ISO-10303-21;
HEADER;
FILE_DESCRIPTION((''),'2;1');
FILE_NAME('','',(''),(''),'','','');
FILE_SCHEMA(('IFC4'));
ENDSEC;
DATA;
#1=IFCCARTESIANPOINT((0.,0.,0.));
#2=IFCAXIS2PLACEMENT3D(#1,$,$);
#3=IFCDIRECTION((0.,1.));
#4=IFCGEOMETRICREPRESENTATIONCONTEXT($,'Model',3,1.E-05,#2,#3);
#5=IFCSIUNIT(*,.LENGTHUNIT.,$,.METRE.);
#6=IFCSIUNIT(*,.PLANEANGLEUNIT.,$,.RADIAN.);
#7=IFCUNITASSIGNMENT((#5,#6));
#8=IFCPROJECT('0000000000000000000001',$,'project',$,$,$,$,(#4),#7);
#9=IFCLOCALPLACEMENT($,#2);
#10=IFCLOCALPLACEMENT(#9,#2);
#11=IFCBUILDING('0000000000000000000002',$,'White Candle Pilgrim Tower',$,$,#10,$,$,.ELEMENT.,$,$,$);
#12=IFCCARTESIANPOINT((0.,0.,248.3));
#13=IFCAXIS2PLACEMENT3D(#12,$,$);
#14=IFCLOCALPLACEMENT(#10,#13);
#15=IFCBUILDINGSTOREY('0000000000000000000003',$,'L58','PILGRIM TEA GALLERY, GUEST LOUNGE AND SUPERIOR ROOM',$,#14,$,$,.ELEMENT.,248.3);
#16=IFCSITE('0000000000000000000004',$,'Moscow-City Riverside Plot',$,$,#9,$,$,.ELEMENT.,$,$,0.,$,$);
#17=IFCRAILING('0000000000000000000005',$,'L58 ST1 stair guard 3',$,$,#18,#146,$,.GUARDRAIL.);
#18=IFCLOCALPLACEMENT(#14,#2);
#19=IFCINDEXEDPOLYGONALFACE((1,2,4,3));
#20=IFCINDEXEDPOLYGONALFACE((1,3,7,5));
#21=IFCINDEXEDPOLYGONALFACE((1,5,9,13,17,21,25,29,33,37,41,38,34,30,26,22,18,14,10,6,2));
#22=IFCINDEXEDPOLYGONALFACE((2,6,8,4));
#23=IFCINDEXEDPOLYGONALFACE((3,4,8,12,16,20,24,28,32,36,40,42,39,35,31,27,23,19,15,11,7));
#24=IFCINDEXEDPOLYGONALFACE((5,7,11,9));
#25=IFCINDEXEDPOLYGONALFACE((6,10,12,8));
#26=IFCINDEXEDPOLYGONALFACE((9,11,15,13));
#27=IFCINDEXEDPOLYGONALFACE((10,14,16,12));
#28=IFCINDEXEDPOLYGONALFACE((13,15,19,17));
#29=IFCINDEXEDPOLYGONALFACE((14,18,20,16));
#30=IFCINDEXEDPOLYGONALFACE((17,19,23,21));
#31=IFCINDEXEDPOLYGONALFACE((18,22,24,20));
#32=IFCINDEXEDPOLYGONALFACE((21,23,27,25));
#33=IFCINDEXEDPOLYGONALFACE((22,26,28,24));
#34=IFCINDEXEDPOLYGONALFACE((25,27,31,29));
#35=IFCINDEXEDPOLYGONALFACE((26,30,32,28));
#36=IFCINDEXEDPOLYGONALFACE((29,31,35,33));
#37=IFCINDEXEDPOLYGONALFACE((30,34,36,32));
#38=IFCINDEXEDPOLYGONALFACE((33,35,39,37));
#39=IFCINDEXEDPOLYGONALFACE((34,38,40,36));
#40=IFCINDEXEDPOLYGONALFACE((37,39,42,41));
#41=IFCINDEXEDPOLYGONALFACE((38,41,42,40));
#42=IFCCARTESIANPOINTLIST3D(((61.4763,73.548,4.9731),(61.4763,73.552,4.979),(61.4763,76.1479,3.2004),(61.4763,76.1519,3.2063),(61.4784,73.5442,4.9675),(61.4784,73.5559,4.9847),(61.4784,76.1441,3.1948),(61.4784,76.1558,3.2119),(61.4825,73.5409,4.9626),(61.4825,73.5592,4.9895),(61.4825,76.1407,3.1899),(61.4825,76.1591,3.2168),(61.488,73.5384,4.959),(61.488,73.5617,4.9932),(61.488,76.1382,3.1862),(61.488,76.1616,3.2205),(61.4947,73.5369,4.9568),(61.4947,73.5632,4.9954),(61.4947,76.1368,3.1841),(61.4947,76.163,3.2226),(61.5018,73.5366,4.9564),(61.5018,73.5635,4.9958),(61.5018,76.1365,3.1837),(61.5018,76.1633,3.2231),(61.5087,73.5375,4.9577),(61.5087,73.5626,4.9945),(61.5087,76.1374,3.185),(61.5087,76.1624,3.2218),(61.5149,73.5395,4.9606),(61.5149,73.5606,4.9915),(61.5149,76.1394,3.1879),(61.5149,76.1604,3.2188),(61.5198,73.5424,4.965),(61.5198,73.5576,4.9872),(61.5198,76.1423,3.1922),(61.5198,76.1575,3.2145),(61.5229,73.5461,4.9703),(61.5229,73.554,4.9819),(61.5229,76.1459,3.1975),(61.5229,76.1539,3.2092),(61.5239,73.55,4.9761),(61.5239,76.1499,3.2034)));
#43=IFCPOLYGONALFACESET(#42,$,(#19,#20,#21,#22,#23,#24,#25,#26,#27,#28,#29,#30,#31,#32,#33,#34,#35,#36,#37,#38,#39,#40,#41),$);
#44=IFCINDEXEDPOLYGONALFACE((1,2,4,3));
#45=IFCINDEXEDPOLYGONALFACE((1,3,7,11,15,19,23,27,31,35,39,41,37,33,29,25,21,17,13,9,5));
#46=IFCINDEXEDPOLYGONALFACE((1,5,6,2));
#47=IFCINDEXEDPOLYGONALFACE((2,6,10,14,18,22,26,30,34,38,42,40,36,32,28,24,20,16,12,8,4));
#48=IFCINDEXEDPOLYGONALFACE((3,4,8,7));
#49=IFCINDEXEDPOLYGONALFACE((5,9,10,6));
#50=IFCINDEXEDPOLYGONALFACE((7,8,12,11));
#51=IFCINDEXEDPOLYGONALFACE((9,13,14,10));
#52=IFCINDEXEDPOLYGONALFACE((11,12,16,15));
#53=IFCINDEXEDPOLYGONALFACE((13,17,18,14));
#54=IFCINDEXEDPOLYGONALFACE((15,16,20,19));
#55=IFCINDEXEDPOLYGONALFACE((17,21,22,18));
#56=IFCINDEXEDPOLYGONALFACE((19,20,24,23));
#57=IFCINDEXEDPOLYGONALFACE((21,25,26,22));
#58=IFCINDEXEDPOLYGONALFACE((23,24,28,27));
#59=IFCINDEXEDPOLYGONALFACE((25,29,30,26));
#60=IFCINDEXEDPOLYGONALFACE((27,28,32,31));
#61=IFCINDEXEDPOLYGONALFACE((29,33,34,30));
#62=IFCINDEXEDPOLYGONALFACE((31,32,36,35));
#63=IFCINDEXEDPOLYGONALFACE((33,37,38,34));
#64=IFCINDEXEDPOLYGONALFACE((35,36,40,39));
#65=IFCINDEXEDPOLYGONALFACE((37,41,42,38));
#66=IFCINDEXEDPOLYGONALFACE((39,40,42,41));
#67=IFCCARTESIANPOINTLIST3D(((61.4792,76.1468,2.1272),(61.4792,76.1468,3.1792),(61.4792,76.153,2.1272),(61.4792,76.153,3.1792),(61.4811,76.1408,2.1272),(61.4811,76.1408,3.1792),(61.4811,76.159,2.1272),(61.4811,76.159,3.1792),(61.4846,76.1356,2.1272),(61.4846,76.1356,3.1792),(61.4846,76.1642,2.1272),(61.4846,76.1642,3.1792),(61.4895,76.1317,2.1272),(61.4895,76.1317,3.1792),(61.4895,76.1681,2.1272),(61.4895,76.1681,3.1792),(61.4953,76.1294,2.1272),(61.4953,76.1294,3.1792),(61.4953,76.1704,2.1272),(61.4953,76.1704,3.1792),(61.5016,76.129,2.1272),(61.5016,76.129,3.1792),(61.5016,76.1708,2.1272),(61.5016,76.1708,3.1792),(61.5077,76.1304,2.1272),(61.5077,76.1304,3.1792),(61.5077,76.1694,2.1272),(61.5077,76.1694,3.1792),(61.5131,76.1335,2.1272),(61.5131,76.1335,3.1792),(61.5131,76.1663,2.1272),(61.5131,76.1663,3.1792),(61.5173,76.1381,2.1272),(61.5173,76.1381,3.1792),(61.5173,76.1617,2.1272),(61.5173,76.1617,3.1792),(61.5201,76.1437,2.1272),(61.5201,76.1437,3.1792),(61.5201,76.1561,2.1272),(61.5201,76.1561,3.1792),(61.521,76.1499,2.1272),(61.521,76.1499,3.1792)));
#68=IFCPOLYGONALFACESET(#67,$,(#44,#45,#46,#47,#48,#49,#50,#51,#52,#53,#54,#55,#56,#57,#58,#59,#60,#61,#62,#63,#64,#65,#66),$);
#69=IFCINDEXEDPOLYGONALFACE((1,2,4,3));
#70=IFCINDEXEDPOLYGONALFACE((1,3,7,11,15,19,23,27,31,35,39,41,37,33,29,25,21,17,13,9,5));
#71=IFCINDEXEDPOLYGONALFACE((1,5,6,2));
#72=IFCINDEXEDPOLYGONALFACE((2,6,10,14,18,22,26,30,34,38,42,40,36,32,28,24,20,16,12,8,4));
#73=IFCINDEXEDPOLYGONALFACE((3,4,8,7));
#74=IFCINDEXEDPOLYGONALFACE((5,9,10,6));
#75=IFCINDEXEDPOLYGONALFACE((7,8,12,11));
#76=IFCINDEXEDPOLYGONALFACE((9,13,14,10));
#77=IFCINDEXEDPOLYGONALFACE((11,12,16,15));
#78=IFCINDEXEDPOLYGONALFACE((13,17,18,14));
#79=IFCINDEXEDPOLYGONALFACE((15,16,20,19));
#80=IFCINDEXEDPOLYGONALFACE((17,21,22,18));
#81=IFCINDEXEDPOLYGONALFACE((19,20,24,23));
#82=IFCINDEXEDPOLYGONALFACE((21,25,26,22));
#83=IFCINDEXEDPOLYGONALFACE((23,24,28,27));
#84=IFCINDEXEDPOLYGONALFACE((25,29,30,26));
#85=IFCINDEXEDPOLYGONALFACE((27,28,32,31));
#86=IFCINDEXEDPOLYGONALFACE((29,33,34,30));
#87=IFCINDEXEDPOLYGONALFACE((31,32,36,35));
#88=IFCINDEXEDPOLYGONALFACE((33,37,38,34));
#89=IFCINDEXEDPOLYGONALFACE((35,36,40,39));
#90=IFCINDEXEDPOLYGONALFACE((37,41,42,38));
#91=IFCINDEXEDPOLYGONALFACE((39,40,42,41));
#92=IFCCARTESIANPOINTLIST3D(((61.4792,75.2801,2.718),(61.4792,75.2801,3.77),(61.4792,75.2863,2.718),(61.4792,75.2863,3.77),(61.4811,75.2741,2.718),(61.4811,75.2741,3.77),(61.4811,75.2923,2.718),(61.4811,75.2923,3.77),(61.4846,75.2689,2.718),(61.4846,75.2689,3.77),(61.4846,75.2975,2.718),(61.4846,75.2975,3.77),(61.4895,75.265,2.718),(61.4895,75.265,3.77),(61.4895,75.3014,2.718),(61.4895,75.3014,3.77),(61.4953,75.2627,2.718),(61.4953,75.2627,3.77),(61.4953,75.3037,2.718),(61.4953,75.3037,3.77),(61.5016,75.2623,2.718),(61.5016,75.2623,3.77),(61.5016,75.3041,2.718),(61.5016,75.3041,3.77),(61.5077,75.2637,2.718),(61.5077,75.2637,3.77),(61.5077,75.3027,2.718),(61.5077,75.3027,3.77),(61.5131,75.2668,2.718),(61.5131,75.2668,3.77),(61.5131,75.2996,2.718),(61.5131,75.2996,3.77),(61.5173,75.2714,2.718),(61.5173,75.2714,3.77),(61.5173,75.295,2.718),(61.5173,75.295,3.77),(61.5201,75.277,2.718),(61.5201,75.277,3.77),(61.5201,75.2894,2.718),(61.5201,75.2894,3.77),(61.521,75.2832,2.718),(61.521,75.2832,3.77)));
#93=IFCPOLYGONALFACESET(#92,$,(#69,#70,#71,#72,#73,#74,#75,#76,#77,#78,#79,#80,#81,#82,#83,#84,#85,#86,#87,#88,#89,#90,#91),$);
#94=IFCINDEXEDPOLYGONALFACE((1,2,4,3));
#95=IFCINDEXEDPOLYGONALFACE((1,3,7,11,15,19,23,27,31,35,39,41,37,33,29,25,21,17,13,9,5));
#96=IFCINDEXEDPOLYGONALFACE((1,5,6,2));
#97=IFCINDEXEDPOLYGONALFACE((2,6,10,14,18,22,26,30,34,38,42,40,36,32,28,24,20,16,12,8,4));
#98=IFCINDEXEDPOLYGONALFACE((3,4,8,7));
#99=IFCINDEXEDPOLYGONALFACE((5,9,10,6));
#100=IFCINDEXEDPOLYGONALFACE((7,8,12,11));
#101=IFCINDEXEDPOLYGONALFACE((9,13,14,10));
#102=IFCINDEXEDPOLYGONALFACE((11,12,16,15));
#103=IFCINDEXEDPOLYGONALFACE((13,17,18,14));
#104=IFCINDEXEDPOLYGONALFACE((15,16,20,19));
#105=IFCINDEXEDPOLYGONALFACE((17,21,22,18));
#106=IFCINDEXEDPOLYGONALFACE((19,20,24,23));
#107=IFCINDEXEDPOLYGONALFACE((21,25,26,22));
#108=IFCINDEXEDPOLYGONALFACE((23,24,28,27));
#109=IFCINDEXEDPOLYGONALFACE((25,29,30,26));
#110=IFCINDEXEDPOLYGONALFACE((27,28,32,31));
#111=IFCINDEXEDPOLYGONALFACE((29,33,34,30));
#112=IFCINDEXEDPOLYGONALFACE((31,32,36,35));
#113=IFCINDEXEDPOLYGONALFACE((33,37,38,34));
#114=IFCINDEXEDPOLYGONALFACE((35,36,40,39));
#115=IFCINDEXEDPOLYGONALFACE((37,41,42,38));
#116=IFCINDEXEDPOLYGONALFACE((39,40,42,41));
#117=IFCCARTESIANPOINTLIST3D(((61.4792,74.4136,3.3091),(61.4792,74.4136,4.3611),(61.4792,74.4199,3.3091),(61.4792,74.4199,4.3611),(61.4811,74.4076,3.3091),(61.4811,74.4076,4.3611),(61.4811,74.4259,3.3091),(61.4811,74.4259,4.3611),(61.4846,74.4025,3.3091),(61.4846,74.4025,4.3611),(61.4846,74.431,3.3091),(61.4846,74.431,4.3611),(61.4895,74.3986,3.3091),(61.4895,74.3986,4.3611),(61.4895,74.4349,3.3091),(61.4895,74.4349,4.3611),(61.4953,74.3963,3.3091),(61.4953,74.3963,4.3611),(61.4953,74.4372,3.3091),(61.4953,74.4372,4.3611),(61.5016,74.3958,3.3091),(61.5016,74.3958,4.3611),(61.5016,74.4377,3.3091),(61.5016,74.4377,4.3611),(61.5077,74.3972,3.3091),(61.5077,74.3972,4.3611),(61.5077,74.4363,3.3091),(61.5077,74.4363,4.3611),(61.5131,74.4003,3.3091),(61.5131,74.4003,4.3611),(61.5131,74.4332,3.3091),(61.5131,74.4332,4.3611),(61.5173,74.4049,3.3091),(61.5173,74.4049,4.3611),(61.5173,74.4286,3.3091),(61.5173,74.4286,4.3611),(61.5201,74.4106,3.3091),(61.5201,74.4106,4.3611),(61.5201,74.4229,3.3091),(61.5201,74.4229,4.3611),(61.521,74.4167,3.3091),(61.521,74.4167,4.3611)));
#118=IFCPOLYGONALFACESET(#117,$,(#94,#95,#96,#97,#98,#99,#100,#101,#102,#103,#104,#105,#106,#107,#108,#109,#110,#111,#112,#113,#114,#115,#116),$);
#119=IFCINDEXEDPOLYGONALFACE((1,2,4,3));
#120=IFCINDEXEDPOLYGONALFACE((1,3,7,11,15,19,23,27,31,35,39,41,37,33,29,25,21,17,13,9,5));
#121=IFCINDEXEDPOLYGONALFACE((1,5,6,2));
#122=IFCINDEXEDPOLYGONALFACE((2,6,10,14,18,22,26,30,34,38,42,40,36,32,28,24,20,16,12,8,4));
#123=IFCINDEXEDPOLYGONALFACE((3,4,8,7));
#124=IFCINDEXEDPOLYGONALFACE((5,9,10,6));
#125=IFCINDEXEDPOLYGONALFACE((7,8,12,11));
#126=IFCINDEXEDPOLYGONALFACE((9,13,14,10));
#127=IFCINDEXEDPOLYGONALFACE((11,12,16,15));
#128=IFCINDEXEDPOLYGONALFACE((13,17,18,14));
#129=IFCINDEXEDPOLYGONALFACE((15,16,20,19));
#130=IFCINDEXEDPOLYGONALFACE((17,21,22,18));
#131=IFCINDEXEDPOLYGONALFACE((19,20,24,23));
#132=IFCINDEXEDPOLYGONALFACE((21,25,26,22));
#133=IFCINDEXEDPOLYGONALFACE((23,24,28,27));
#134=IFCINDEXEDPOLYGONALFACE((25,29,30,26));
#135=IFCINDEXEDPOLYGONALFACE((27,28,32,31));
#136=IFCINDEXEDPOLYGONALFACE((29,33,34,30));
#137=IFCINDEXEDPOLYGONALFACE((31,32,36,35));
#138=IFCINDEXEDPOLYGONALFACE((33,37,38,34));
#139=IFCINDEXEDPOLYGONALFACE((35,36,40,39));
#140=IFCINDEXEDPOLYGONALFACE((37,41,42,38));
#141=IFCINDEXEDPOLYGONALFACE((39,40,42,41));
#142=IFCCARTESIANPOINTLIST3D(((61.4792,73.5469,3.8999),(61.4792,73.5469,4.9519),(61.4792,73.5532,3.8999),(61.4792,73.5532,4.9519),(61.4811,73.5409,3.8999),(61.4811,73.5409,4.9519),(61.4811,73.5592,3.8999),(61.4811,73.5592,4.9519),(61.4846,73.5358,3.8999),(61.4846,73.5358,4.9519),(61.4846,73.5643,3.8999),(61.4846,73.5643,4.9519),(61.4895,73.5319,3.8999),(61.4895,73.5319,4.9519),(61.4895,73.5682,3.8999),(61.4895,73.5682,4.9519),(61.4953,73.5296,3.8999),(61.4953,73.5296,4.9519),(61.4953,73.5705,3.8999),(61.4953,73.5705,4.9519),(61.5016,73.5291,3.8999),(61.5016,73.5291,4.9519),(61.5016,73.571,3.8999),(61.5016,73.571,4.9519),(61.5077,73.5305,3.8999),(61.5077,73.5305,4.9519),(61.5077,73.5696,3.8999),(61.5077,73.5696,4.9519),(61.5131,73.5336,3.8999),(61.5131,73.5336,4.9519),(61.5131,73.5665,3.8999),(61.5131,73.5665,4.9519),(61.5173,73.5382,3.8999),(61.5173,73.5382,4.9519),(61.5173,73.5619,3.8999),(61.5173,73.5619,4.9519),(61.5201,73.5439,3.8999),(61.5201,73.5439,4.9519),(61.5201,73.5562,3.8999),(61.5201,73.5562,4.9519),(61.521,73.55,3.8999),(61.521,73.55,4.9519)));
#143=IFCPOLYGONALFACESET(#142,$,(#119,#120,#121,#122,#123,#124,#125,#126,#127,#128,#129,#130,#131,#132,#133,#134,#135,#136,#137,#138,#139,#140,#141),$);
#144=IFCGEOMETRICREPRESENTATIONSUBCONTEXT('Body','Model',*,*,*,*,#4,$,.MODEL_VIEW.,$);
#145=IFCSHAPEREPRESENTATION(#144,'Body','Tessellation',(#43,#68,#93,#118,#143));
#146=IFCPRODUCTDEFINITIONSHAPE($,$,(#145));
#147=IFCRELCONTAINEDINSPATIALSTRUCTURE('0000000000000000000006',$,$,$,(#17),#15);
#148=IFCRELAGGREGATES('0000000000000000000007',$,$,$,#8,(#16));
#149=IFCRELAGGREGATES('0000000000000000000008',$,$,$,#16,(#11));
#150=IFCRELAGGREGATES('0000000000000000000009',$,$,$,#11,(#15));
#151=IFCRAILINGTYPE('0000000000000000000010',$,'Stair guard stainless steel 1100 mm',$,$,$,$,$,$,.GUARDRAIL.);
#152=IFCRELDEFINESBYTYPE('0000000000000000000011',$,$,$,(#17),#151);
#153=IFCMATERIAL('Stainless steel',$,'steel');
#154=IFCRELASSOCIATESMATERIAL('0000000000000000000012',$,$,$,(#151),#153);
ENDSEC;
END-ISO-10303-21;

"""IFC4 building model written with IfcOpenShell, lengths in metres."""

from ifc_helpers import new_model, si_unit, direction, frame, origin, origin_2d, place, context, subcontext, project, spatial, circle, extrude, material, type_object, element, save


model = new_model("IFC4")

# Units and contexts
model_context = context("Model", 3, precision=1e-05, world=origin(), true_north=direction((0.0, 1.0)))
body_context = subcontext(model_context, "Body", "Model", "MODEL_VIEW")
ifc_project = project(units=[si_unit("LENGTHUNIT", "METRE"), si_unit("PLANEANGLEUNIT", "RADIAN")], contexts=[model_context])

# Site, building, storey
site_placement = place(None, origin())
site = spatial("IfcSite", under=ifc_project, at=site_placement, Name="Moscow-City Riverside Plot", CompositionType="ELEMENT", RefElevation=0.0)
building_placement = place(site_placement, origin())
building = spatial("IfcBuilding", under=site, at=building_placement, Name="White Candle Pilgrim Tower", CompositionType="ELEMENT")
storey_placement = place(building_placement, frame((0.0, 0.0, 248.3)))
storey = spatial("IfcBuildingStorey", under=building, at=storey_placement, Name="L58", Description="PILGRIM TEA GALLERY, GUEST LOUNGE AND SUPERIOR ROOM", CompositionType="ELEMENT", Elevation=248.3)

# Shared definitions
ifc_material_1 = material(Name="Stainless steel", Category="steel")

# Railing
railing_type_1 = type_object("IfcRailingType", Name="Stair guard stainless steel 1100 mm", PredefinedType="GUARDRAIL", material=ifc_material_1)
railing_1_placement = place(storey_placement, frame((61.5, 76.1499, 2.1272)))
element("IfcRailing", 1, at=railing_1_placement, inside=storey, type_object=railing_type_1, Name="L58 ST1 stair guard 3", PredefinedType="GUARDRAIL", context=body_context, shape_type="SweptSolid", body=[
    extrude(circle(Radius=0.0239, at=origin_2d()), frame((0.0, 0.0, 1.0762), z_axis=(0.0, -0.826216, 0.563354), x_axis=(1.0, 0.0, 0.0)), (0.0, 0.0, 1.0), 3.1467),
    extrude(circle(Radius=0.021, at=origin_2d()), origin(), (0.0, 0.0, 1.0), 1.052),
    extrude(circle(Radius=0.021, at=origin_2d()), frame((0.0, -0.8667, 0.5908)), (0.0, 0.0, 1.0), 1.052),
    extrude(circle(Radius=0.021, at=origin_2d()), frame((0.0, -1.7332, 1.1819)), (0.0, 0.0, 1.0), 1.052),
    extrude(circle(Radius=0.021, at=origin_2d()), frame((0.0, -2.5999, 1.7727)), (0.0, 0.0, 1.0), 1.052),
])

save(model, "model.ifc")
